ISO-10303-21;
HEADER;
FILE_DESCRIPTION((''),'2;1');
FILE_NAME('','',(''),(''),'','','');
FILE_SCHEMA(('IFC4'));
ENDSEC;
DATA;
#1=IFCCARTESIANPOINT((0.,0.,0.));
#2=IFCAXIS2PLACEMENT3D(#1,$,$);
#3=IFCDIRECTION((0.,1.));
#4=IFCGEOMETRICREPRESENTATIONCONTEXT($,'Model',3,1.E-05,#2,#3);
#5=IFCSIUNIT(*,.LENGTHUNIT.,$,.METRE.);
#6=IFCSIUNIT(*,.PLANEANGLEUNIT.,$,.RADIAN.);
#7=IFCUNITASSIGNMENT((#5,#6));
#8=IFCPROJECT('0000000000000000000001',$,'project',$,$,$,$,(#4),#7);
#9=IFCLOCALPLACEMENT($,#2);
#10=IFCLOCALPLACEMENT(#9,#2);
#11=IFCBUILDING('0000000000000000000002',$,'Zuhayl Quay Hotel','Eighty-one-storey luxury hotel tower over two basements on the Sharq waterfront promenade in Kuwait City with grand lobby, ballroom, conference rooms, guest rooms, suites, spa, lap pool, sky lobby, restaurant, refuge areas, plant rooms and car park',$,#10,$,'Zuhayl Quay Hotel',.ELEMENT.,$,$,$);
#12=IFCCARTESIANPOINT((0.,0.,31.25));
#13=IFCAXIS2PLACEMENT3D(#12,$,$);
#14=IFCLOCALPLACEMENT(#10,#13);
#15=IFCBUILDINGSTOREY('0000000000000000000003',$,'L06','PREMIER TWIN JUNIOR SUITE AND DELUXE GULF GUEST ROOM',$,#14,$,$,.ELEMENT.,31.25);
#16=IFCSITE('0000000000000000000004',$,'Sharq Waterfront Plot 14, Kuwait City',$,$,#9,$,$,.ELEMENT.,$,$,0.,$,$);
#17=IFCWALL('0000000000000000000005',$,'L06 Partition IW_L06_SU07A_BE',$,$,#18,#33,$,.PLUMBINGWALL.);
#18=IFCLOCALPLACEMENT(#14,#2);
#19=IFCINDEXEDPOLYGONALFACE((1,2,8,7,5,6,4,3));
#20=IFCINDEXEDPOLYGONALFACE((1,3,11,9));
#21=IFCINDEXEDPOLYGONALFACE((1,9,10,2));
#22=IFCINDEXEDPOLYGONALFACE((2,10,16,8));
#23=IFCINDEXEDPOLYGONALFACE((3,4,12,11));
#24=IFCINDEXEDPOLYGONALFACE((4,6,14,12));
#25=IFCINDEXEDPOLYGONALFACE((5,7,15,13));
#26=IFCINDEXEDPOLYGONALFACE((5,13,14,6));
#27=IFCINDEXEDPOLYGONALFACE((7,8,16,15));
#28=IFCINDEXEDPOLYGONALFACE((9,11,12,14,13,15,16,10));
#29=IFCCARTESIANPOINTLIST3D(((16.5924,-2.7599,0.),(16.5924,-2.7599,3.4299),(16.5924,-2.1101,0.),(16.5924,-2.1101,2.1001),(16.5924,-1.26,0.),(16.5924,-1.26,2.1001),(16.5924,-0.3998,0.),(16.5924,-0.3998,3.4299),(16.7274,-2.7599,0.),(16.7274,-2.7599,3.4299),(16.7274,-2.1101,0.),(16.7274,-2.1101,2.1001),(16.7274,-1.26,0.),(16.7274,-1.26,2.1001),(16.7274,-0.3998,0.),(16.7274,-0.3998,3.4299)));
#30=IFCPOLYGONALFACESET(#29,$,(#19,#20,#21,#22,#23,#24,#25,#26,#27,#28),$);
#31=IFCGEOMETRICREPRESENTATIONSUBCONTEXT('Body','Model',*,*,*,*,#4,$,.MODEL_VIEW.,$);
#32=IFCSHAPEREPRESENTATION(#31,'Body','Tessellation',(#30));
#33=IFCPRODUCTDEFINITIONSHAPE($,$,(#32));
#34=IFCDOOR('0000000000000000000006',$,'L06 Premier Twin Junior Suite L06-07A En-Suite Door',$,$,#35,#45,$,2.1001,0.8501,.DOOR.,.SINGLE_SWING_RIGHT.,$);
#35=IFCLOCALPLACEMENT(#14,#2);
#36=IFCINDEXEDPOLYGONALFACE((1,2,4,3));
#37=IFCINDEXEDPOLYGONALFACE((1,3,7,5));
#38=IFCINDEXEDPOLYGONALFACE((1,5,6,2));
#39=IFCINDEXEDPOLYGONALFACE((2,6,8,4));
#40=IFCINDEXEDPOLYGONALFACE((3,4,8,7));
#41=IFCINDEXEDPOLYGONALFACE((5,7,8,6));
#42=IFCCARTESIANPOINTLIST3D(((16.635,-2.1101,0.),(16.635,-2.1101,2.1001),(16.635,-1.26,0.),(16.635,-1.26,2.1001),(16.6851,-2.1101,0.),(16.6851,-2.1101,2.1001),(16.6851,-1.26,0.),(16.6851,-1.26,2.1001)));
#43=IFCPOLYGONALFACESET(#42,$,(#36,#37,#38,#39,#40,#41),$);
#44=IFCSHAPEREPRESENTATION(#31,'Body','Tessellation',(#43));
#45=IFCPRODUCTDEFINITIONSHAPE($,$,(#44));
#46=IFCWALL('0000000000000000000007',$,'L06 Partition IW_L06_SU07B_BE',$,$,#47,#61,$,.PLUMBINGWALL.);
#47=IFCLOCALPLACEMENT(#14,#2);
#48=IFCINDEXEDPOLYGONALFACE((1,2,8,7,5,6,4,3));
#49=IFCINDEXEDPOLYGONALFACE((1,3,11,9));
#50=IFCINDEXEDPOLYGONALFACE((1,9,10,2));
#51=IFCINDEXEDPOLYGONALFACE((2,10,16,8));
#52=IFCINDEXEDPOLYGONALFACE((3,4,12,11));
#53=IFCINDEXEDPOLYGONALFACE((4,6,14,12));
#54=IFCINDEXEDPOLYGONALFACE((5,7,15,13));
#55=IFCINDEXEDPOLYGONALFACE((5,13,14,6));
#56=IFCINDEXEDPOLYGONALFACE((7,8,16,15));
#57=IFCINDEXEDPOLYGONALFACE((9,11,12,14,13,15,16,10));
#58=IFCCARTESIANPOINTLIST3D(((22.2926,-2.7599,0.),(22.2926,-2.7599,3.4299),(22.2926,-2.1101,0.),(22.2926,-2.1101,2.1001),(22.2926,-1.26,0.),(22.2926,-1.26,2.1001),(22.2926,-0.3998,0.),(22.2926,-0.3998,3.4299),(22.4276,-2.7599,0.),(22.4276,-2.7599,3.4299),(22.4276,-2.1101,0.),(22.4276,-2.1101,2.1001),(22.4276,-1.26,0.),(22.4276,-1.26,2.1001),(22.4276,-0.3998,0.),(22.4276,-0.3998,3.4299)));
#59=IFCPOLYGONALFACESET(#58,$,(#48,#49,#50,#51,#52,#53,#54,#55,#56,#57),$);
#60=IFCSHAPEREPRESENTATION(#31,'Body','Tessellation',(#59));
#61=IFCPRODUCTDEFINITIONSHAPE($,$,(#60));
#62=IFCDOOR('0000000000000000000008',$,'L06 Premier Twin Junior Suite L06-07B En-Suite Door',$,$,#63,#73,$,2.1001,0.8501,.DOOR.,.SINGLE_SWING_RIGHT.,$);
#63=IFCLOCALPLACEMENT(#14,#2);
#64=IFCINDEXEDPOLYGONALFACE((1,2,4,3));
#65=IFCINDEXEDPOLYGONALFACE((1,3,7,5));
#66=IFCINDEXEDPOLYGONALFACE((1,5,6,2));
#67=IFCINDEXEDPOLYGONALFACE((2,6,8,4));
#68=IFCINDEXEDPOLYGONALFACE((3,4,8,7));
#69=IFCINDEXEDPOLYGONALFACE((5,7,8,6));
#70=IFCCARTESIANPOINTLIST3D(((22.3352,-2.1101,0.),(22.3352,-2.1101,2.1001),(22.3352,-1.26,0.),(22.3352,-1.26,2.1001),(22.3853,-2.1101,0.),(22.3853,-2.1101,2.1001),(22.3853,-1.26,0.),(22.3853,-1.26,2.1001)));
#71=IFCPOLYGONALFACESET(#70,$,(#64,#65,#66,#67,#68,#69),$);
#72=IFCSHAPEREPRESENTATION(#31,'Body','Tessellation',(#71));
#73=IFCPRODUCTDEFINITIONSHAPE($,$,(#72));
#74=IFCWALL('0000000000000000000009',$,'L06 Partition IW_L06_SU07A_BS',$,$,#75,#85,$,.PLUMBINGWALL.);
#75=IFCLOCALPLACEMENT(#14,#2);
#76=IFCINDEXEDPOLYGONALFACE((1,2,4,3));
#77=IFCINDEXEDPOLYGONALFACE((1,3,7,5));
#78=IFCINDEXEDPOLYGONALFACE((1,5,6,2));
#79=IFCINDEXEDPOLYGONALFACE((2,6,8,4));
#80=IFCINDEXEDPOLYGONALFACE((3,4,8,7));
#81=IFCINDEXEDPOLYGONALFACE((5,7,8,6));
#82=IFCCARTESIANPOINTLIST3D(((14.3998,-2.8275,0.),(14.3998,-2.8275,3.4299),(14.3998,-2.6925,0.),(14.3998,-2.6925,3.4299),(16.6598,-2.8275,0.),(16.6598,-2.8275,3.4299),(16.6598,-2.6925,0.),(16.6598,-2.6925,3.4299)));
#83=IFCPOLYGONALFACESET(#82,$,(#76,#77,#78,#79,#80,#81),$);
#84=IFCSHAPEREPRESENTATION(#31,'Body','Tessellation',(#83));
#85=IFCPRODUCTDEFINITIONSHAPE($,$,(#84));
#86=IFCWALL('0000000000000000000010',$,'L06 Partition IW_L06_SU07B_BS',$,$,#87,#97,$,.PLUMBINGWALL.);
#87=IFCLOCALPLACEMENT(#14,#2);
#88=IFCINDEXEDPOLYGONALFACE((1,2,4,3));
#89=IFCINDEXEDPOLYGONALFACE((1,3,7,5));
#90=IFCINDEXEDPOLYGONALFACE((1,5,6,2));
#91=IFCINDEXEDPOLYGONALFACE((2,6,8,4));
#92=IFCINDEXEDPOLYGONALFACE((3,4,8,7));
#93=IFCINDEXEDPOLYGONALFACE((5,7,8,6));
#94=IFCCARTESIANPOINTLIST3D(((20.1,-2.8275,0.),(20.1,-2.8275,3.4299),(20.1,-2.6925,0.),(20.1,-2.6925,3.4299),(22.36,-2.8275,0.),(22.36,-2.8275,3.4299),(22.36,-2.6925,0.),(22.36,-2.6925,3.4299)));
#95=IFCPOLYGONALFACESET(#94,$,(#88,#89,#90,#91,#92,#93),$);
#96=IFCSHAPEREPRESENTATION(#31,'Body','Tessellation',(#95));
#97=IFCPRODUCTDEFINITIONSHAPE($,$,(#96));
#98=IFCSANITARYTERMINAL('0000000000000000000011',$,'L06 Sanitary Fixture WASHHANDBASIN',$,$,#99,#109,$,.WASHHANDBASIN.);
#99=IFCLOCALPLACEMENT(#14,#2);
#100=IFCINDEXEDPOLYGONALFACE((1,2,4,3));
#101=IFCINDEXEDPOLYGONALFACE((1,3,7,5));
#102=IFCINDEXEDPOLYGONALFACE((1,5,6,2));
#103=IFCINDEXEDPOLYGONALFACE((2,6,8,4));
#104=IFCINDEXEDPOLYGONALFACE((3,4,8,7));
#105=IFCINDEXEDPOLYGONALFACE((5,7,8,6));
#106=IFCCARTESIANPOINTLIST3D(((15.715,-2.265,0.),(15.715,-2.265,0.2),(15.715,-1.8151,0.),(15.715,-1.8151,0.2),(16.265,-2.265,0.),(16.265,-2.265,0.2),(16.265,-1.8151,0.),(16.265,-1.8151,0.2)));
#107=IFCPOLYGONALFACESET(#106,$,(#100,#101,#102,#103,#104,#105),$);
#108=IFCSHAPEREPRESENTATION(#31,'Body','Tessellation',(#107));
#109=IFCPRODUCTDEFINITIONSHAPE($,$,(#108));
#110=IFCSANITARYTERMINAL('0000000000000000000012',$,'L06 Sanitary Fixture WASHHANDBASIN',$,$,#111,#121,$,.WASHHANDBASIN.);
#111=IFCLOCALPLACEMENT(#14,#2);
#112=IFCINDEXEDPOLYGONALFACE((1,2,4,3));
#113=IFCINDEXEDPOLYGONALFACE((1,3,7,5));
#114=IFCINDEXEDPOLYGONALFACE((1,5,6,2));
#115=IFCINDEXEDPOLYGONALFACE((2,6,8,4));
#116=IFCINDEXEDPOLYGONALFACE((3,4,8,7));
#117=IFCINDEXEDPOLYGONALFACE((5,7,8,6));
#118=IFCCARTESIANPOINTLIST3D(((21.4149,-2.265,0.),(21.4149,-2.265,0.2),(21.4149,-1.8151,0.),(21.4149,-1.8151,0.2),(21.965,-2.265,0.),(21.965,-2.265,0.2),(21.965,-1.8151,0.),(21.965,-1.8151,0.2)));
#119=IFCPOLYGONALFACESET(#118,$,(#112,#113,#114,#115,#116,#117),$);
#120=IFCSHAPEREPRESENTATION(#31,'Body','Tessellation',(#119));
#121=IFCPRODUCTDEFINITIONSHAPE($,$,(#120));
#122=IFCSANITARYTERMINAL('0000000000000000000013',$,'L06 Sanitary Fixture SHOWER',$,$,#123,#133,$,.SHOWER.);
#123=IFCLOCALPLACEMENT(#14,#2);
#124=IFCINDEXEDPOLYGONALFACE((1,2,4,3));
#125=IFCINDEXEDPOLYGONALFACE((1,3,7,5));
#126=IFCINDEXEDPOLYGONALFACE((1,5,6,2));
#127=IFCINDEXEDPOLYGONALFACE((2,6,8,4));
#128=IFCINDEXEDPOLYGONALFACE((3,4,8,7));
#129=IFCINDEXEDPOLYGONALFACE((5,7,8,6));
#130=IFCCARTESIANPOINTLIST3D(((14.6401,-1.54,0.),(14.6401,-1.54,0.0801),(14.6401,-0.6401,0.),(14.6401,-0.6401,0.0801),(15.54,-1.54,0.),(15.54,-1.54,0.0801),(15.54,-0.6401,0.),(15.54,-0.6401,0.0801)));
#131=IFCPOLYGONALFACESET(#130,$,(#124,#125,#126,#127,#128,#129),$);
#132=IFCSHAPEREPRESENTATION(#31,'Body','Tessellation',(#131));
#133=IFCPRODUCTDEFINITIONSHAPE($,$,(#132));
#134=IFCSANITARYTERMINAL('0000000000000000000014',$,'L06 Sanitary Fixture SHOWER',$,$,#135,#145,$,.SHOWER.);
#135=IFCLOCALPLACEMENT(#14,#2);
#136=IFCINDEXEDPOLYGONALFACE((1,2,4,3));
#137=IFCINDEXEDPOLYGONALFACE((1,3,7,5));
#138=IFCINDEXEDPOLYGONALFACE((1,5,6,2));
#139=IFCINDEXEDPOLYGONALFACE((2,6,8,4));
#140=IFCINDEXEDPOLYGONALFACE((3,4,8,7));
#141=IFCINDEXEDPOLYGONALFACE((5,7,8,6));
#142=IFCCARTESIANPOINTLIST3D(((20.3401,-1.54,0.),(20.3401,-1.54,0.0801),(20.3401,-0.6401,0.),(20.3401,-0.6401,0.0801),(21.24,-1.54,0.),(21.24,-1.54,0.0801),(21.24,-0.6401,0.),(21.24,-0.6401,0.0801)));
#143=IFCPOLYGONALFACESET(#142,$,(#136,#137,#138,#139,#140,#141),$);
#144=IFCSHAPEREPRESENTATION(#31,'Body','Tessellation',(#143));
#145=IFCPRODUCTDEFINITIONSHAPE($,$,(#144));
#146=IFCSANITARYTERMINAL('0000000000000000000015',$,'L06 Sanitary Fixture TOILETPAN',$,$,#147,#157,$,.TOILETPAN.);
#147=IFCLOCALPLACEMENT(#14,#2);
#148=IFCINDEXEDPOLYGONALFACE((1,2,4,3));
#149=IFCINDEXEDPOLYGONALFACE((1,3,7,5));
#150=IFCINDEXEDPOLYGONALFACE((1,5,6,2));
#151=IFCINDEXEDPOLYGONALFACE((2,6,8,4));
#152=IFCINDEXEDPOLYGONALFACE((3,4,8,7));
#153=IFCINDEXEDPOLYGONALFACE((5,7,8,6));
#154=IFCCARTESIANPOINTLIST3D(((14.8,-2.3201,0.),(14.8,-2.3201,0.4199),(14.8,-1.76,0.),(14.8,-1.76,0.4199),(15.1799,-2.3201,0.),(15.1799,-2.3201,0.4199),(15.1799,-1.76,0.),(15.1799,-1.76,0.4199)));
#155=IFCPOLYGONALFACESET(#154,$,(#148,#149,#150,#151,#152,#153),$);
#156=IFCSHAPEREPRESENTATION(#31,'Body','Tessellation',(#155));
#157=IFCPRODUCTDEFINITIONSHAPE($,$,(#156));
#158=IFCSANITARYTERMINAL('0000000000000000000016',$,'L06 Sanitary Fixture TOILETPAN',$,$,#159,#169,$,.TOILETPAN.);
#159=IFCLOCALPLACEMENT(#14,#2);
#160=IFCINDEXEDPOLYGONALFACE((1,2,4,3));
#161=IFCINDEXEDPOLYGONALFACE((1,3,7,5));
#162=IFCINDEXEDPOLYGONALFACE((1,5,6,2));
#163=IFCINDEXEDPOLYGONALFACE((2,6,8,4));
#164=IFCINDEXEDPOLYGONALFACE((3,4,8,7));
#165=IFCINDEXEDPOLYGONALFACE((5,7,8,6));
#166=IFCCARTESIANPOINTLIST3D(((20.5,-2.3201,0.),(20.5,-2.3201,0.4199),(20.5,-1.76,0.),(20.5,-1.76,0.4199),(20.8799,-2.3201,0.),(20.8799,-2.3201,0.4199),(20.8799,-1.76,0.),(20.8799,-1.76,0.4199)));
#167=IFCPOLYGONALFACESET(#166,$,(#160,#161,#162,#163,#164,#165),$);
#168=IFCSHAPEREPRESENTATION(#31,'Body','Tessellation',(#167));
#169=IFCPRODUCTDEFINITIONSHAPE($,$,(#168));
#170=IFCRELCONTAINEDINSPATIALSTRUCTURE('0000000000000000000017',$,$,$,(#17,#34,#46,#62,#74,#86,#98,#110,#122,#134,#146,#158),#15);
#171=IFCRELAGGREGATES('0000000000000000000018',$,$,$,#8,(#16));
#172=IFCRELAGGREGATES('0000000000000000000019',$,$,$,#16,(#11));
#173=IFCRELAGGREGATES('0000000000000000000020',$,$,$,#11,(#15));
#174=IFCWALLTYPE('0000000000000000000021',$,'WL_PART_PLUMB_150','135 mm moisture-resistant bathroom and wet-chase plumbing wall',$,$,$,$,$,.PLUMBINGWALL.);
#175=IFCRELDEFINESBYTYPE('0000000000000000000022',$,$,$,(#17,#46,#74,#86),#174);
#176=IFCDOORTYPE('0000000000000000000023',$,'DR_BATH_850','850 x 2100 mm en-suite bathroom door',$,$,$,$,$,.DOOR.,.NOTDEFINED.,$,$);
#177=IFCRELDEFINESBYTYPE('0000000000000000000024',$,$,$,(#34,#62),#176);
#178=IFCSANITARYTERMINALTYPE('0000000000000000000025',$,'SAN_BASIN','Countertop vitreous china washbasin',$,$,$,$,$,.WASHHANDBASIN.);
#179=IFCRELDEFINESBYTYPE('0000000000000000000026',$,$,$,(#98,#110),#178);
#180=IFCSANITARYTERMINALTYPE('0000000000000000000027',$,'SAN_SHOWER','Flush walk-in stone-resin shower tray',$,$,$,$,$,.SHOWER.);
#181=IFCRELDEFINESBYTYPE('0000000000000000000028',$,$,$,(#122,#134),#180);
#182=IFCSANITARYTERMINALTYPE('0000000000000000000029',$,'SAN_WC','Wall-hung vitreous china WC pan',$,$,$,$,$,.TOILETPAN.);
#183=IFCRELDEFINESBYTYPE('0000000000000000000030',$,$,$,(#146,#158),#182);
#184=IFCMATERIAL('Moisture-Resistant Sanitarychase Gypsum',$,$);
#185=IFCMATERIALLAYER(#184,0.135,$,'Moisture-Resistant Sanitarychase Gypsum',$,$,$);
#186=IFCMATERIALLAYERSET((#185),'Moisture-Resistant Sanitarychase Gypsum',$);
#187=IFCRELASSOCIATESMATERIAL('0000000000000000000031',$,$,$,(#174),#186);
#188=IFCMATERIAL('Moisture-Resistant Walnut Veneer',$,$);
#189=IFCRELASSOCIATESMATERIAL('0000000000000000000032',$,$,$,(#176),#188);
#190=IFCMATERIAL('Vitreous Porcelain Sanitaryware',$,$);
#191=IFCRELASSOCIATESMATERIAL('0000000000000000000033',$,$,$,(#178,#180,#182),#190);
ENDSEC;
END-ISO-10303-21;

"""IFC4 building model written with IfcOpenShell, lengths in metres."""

from ifc_helpers import new_model, si_unit, direction, frame, frame_2d, origin, origin_2d, place, context, subcontext, project, spatial, rectangle, extrude, material, layer, layer_set, type_object, element, fill, save


model = new_model("IFC4")

# Units and contexts
model_context = context("Model", 3, precision=1e-05, world=origin(), true_north=direction((0.0, 1.0)))
body_context = subcontext(model_context, "Body", "Model", "MODEL_VIEW")
ifc_project = project(units=[si_unit("LENGTHUNIT", "METRE"), si_unit("PLANEANGLEUNIT", "RADIAN")], contexts=[model_context])

# Site, building, storey
site_placement = place(None, origin())
site = spatial("IfcSite", under=ifc_project, at=site_placement, Name="Sharq Waterfront Plot 14, Kuwait City", CompositionType="ELEMENT", RefElevation=0.0)
building_placement = place(site_placement, origin())
building = spatial("IfcBuilding", under=site, at=building_placement, Name="Zuhayl Quay Hotel", Description="Eighty-one-storey luxury hotel tower over two basements on the Sharq waterfront promenade in Kuwait City with grand lobby, ballroom, conference rooms, guest rooms, suites, spa, lap pool, sky lobby, restaurant, refuge areas, plant rooms and car park", LongName="Zuhayl Quay Hotel", CompositionType="ELEMENT")
storey_placement = place(building_placement, frame((0.0, 0.0, 31.25)))
storey = spatial("IfcBuildingStorey", under=building, at=storey_placement, Name="L06", Description="PREMIER TWIN JUNIOR SUITE AND DELUXE GULF GUEST ROOM", CompositionType="ELEMENT", Elevation=31.25)

# Walls, openings, doors
ifc_material_1 = material(Name="Moisture-Resistant Sanitarychase Gypsum")
ifc_layer_1 = layer(ifc_material_1, 0.135, Name="Moisture-Resistant Sanitarychase Gypsum")
ifc_layer_set_1 = layer_set([ifc_layer_1], Name="Moisture-Resistant Sanitarychase Gypsum")
wall_type_1 = type_object("IfcWallType", Name="WL_PART_PLUMB_150", Description="135 mm moisture-resistant bathroom and wet-chase plumbing wall", PredefinedType="PLUMBINGWALL", material=ifc_layer_set_1)
wall_1_placement = place(storey_placement, frame((16.6599, -2.76, 0.0), z_axis=(0.0, 0.0, 1.0), x_axis=(0.0, 1.0, 0.0)))
wall_1 = element("IfcWall", 1, at=wall_1_placement, inside=storey, type_object=wall_type_1, Name="L06 Partition IW_L06_SU07A_BE", PredefinedType="PLUMBINGWALL", context=body_context, shape_type="SweptSolid", body=[
    extrude(rectangle(XDim=2.3601, YDim=0.135, at=frame_2d((1.1802, 0.0))), origin(), (0.0, 0.0, 1.0), 3.4299),
])
opening_1_placement = place(wall_1_placement, frame((0.6499, 0.0, 0.0)))
opening_1 = element("IfcOpeningElement", 2, at=opening_1_placement, cuts=wall_1, PredefinedType="OPENING", context=body_context, shape_type="SweptSolid", body=[
    extrude(rectangle(XDim=0.8501, YDim=2.1001, at=frame_2d((0.425, 1.05))), frame((0.0, 0.0774, 0.0), z_axis=(0.0, -1.0, 0.0), x_axis=(1.0, 0.0, 0.0)), (0.0, 0.0, 1.0), 0.155),
])
ifc_material_2 = material(Name="Moisture-Resistant Walnut Veneer")
door_type_1 = type_object("IfcDoorType", Name="DR_BATH_850", Description="850 x 2100 mm en-suite bathroom door", OperationType="NOTDEFINED", PredefinedType="DOOR", material=ifc_material_2)
door_1_placement = place(opening_1_placement, origin())
door_1 = element("IfcDoor", 3, at=door_1_placement, inside=storey, type_object=door_type_1, Name="L06 Premier Twin Junior Suite L06-07A En-Suite Door", OperationType="SINGLE_SWING_RIGHT", OverallHeight=2.1001, OverallWidth=0.8501, PredefinedType="DOOR", context=body_context, shape_type="SweptSolid", body=[
    extrude(rectangle(XDim=0.8501, YDim=2.1001, at=frame_2d((0.425, 1.05))), frame((0.0, 0.0249, 0.0), z_axis=(0.0, -1.0, 0.0), x_axis=(1.0, 0.0, 0.0)), (0.0, 0.0, 1.0), 0.05),
])
fill(opening_1, door_1)
wall_2_placement = place(storey_placement, frame((22.3601, -2.76, 0.0), z_axis=(0.0, 0.0, 1.0), x_axis=(0.0, 1.0, 0.0)))
wall_2 = element("IfcWall", 4, at=wall_2_placement, inside=storey, type_object=wall_type_1, Name="L06 Partition IW_L06_SU07B_BE", PredefinedType="PLUMBINGWALL", context=body_context, shape_type="SweptSolid", body=[
    extrude(rectangle(XDim=2.3601, YDim=0.135, at=frame_2d((1.1802, 0.0))), origin(), (0.0, 0.0, 1.0), 3.4299),
])
opening_2_placement = place(wall_2_placement, frame((0.6499, 0.0, 0.0)))
opening_2 = element("IfcOpeningElement", 5, at=opening_2_placement, cuts=wall_2, PredefinedType="OPENING", context=body_context, shape_type="SweptSolid", body=[
    extrude(rectangle(XDim=0.8501, YDim=2.1001, at=frame_2d((0.425, 1.05))), frame((0.0, 0.0774, 0.0), z_axis=(0.0, -1.0, 0.0), x_axis=(1.0, 0.0, 0.0)), (0.0, 0.0, 1.0), 0.155),
])
door_2_placement = place(opening_2_placement, origin())
door_2 = element("IfcDoor", 6, at=door_2_placement, inside=storey, type_object=door_type_1, Name="L06 Premier Twin Junior Suite L06-07B En-Suite Door", OperationType="SINGLE_SWING_RIGHT", OverallHeight=2.1001, OverallWidth=0.8501, PredefinedType="DOOR", context=body_context, shape_type="SweptSolid", body=[
    extrude(rectangle(XDim=0.8501, YDim=2.1001, at=frame_2d((0.425, 1.05))), frame((0.0, 0.0249, 0.0), z_axis=(0.0, -1.0, 0.0), x_axis=(1.0, 0.0, 0.0)), (0.0, 0.0, 1.0), 0.05),
])
fill(opening_2, door_2)

# Walls
for number, where, z_axis, x_axis, name in (
    (7, (14.3999, -2.76, 0.0), (0.0, 0.0, 1.0), (1.0, 0.0, 0.0), "L06 Partition IW_L06_SU07A_BS"),
    (8, (20.1001, -2.76, 0.0), (0.0, 0.0, 1.0), (1.0, 0.0, 0.0), "L06 Partition IW_L06_SU07B_BS"),
):
    element("IfcWall", number, at=place(storey_placement, frame(where, z_axis=z_axis, x_axis=x_axis)), inside=storey, type_object=wall_type_1, Name=name, PredefinedType="PLUMBINGWALL", context=body_context, shape_type="SweptSolid", body=[
        extrude(rectangle(XDim=2.26, YDim=0.135, at=frame_2d((1.1299, 0.0))), origin(), (0.0, 0.0, 1.0), 3.4299),
    ])

# Sanitary terminals
ifc_material_3 = material(Name="Vitreous Porcelain Sanitaryware")
sanitary_terminal_type_1 = type_object("IfcSanitaryTerminalType", Name="SAN_BASIN", Description="Countertop vitreous china washbasin", PredefinedType="WASHHANDBASIN", material=ifc_material_3)
for number, where, z_axis, x_axis, name in (
    (9, (15.99, -2.04, 0.0), (0.0, 0.0, 1.0), (1.0, 0.0, 0.0), "L06 Sanitary Fixture WASHHANDBASIN"),
    (10, (21.6899, -2.04, 0.0), (0.0, 0.0, 1.0), (1.0, 0.0, 0.0), "L06 Sanitary Fixture WASHHANDBASIN"),
):
    element("IfcSanitaryTerminal", number, at=place(storey_placement, frame(where, z_axis=z_axis, x_axis=x_axis)), inside=storey, type_object=sanitary_terminal_type_1, Name=name, PredefinedType="WASHHANDBASIN", context=body_context, shape_type="SweptSolid", body=[
        extrude(rectangle(XDim=0.55, YDim=0.45, at=origin_2d()), origin(), (0.0, 0.0, 1.0), 0.2),
    ])
sanitary_terminal_type_2 = type_object("IfcSanitaryTerminalType", Name="SAN_SHOWER", Description="Flush walk-in stone-resin shower tray", PredefinedType="SHOWER", material=ifc_material_3)
for number, where, z_axis, x_axis, name in (
    (11, (15.0901, -1.0901, 0.0), (0.0, 0.0, 1.0), (1.0, 0.0, 0.0), "L06 Sanitary Fixture SHOWER"),
    (12, (20.79, -1.0901, 0.0), (0.0, 0.0, 1.0), (1.0, 0.0, 0.0), "L06 Sanitary Fixture SHOWER"),
):
    element("IfcSanitaryTerminal", number, at=place(storey_placement, frame(where, z_axis=z_axis, x_axis=x_axis)), inside=storey, type_object=sanitary_terminal_type_2, Name=name, PredefinedType="SHOWER", context=body_context, shape_type="SweptSolid", body=[
        extrude(rectangle(XDim=0.8999, YDim=0.8999, at=origin_2d()), origin(), (0.0, 0.0, 1.0), 0.0801),
    ])
sanitary_terminal_type_3 = type_object("IfcSanitaryTerminalType", Name="SAN_WC", Description="Wall-hung vitreous china WC pan", PredefinedType="TOILETPAN", material=ifc_material_3)
for number, where, z_axis, x_axis, name in (
    (13, (14.99, -2.04, 0.0), (0.0, 0.0, 1.0), (1.0, 0.0, 0.0), "L06 Sanitary Fixture TOILETPAN"),
    (14, (20.6899, -2.04, 0.0), (0.0, 0.0, 1.0), (1.0, 0.0, 0.0), "L06 Sanitary Fixture TOILETPAN"),
):
    element("IfcSanitaryTerminal", number, at=place(storey_placement, frame(where, z_axis=z_axis, x_axis=x_axis)), inside=storey, type_object=sanitary_terminal_type_3, Name=name, PredefinedType="TOILETPAN", context=body_context, shape_type="SweptSolid", body=[
        extrude(rectangle(XDim=0.3799, YDim=0.5601, at=origin_2d()), origin(), (0.0, 0.0, 1.0), 0.4199),
    ])

save(model, "model.ifc")
